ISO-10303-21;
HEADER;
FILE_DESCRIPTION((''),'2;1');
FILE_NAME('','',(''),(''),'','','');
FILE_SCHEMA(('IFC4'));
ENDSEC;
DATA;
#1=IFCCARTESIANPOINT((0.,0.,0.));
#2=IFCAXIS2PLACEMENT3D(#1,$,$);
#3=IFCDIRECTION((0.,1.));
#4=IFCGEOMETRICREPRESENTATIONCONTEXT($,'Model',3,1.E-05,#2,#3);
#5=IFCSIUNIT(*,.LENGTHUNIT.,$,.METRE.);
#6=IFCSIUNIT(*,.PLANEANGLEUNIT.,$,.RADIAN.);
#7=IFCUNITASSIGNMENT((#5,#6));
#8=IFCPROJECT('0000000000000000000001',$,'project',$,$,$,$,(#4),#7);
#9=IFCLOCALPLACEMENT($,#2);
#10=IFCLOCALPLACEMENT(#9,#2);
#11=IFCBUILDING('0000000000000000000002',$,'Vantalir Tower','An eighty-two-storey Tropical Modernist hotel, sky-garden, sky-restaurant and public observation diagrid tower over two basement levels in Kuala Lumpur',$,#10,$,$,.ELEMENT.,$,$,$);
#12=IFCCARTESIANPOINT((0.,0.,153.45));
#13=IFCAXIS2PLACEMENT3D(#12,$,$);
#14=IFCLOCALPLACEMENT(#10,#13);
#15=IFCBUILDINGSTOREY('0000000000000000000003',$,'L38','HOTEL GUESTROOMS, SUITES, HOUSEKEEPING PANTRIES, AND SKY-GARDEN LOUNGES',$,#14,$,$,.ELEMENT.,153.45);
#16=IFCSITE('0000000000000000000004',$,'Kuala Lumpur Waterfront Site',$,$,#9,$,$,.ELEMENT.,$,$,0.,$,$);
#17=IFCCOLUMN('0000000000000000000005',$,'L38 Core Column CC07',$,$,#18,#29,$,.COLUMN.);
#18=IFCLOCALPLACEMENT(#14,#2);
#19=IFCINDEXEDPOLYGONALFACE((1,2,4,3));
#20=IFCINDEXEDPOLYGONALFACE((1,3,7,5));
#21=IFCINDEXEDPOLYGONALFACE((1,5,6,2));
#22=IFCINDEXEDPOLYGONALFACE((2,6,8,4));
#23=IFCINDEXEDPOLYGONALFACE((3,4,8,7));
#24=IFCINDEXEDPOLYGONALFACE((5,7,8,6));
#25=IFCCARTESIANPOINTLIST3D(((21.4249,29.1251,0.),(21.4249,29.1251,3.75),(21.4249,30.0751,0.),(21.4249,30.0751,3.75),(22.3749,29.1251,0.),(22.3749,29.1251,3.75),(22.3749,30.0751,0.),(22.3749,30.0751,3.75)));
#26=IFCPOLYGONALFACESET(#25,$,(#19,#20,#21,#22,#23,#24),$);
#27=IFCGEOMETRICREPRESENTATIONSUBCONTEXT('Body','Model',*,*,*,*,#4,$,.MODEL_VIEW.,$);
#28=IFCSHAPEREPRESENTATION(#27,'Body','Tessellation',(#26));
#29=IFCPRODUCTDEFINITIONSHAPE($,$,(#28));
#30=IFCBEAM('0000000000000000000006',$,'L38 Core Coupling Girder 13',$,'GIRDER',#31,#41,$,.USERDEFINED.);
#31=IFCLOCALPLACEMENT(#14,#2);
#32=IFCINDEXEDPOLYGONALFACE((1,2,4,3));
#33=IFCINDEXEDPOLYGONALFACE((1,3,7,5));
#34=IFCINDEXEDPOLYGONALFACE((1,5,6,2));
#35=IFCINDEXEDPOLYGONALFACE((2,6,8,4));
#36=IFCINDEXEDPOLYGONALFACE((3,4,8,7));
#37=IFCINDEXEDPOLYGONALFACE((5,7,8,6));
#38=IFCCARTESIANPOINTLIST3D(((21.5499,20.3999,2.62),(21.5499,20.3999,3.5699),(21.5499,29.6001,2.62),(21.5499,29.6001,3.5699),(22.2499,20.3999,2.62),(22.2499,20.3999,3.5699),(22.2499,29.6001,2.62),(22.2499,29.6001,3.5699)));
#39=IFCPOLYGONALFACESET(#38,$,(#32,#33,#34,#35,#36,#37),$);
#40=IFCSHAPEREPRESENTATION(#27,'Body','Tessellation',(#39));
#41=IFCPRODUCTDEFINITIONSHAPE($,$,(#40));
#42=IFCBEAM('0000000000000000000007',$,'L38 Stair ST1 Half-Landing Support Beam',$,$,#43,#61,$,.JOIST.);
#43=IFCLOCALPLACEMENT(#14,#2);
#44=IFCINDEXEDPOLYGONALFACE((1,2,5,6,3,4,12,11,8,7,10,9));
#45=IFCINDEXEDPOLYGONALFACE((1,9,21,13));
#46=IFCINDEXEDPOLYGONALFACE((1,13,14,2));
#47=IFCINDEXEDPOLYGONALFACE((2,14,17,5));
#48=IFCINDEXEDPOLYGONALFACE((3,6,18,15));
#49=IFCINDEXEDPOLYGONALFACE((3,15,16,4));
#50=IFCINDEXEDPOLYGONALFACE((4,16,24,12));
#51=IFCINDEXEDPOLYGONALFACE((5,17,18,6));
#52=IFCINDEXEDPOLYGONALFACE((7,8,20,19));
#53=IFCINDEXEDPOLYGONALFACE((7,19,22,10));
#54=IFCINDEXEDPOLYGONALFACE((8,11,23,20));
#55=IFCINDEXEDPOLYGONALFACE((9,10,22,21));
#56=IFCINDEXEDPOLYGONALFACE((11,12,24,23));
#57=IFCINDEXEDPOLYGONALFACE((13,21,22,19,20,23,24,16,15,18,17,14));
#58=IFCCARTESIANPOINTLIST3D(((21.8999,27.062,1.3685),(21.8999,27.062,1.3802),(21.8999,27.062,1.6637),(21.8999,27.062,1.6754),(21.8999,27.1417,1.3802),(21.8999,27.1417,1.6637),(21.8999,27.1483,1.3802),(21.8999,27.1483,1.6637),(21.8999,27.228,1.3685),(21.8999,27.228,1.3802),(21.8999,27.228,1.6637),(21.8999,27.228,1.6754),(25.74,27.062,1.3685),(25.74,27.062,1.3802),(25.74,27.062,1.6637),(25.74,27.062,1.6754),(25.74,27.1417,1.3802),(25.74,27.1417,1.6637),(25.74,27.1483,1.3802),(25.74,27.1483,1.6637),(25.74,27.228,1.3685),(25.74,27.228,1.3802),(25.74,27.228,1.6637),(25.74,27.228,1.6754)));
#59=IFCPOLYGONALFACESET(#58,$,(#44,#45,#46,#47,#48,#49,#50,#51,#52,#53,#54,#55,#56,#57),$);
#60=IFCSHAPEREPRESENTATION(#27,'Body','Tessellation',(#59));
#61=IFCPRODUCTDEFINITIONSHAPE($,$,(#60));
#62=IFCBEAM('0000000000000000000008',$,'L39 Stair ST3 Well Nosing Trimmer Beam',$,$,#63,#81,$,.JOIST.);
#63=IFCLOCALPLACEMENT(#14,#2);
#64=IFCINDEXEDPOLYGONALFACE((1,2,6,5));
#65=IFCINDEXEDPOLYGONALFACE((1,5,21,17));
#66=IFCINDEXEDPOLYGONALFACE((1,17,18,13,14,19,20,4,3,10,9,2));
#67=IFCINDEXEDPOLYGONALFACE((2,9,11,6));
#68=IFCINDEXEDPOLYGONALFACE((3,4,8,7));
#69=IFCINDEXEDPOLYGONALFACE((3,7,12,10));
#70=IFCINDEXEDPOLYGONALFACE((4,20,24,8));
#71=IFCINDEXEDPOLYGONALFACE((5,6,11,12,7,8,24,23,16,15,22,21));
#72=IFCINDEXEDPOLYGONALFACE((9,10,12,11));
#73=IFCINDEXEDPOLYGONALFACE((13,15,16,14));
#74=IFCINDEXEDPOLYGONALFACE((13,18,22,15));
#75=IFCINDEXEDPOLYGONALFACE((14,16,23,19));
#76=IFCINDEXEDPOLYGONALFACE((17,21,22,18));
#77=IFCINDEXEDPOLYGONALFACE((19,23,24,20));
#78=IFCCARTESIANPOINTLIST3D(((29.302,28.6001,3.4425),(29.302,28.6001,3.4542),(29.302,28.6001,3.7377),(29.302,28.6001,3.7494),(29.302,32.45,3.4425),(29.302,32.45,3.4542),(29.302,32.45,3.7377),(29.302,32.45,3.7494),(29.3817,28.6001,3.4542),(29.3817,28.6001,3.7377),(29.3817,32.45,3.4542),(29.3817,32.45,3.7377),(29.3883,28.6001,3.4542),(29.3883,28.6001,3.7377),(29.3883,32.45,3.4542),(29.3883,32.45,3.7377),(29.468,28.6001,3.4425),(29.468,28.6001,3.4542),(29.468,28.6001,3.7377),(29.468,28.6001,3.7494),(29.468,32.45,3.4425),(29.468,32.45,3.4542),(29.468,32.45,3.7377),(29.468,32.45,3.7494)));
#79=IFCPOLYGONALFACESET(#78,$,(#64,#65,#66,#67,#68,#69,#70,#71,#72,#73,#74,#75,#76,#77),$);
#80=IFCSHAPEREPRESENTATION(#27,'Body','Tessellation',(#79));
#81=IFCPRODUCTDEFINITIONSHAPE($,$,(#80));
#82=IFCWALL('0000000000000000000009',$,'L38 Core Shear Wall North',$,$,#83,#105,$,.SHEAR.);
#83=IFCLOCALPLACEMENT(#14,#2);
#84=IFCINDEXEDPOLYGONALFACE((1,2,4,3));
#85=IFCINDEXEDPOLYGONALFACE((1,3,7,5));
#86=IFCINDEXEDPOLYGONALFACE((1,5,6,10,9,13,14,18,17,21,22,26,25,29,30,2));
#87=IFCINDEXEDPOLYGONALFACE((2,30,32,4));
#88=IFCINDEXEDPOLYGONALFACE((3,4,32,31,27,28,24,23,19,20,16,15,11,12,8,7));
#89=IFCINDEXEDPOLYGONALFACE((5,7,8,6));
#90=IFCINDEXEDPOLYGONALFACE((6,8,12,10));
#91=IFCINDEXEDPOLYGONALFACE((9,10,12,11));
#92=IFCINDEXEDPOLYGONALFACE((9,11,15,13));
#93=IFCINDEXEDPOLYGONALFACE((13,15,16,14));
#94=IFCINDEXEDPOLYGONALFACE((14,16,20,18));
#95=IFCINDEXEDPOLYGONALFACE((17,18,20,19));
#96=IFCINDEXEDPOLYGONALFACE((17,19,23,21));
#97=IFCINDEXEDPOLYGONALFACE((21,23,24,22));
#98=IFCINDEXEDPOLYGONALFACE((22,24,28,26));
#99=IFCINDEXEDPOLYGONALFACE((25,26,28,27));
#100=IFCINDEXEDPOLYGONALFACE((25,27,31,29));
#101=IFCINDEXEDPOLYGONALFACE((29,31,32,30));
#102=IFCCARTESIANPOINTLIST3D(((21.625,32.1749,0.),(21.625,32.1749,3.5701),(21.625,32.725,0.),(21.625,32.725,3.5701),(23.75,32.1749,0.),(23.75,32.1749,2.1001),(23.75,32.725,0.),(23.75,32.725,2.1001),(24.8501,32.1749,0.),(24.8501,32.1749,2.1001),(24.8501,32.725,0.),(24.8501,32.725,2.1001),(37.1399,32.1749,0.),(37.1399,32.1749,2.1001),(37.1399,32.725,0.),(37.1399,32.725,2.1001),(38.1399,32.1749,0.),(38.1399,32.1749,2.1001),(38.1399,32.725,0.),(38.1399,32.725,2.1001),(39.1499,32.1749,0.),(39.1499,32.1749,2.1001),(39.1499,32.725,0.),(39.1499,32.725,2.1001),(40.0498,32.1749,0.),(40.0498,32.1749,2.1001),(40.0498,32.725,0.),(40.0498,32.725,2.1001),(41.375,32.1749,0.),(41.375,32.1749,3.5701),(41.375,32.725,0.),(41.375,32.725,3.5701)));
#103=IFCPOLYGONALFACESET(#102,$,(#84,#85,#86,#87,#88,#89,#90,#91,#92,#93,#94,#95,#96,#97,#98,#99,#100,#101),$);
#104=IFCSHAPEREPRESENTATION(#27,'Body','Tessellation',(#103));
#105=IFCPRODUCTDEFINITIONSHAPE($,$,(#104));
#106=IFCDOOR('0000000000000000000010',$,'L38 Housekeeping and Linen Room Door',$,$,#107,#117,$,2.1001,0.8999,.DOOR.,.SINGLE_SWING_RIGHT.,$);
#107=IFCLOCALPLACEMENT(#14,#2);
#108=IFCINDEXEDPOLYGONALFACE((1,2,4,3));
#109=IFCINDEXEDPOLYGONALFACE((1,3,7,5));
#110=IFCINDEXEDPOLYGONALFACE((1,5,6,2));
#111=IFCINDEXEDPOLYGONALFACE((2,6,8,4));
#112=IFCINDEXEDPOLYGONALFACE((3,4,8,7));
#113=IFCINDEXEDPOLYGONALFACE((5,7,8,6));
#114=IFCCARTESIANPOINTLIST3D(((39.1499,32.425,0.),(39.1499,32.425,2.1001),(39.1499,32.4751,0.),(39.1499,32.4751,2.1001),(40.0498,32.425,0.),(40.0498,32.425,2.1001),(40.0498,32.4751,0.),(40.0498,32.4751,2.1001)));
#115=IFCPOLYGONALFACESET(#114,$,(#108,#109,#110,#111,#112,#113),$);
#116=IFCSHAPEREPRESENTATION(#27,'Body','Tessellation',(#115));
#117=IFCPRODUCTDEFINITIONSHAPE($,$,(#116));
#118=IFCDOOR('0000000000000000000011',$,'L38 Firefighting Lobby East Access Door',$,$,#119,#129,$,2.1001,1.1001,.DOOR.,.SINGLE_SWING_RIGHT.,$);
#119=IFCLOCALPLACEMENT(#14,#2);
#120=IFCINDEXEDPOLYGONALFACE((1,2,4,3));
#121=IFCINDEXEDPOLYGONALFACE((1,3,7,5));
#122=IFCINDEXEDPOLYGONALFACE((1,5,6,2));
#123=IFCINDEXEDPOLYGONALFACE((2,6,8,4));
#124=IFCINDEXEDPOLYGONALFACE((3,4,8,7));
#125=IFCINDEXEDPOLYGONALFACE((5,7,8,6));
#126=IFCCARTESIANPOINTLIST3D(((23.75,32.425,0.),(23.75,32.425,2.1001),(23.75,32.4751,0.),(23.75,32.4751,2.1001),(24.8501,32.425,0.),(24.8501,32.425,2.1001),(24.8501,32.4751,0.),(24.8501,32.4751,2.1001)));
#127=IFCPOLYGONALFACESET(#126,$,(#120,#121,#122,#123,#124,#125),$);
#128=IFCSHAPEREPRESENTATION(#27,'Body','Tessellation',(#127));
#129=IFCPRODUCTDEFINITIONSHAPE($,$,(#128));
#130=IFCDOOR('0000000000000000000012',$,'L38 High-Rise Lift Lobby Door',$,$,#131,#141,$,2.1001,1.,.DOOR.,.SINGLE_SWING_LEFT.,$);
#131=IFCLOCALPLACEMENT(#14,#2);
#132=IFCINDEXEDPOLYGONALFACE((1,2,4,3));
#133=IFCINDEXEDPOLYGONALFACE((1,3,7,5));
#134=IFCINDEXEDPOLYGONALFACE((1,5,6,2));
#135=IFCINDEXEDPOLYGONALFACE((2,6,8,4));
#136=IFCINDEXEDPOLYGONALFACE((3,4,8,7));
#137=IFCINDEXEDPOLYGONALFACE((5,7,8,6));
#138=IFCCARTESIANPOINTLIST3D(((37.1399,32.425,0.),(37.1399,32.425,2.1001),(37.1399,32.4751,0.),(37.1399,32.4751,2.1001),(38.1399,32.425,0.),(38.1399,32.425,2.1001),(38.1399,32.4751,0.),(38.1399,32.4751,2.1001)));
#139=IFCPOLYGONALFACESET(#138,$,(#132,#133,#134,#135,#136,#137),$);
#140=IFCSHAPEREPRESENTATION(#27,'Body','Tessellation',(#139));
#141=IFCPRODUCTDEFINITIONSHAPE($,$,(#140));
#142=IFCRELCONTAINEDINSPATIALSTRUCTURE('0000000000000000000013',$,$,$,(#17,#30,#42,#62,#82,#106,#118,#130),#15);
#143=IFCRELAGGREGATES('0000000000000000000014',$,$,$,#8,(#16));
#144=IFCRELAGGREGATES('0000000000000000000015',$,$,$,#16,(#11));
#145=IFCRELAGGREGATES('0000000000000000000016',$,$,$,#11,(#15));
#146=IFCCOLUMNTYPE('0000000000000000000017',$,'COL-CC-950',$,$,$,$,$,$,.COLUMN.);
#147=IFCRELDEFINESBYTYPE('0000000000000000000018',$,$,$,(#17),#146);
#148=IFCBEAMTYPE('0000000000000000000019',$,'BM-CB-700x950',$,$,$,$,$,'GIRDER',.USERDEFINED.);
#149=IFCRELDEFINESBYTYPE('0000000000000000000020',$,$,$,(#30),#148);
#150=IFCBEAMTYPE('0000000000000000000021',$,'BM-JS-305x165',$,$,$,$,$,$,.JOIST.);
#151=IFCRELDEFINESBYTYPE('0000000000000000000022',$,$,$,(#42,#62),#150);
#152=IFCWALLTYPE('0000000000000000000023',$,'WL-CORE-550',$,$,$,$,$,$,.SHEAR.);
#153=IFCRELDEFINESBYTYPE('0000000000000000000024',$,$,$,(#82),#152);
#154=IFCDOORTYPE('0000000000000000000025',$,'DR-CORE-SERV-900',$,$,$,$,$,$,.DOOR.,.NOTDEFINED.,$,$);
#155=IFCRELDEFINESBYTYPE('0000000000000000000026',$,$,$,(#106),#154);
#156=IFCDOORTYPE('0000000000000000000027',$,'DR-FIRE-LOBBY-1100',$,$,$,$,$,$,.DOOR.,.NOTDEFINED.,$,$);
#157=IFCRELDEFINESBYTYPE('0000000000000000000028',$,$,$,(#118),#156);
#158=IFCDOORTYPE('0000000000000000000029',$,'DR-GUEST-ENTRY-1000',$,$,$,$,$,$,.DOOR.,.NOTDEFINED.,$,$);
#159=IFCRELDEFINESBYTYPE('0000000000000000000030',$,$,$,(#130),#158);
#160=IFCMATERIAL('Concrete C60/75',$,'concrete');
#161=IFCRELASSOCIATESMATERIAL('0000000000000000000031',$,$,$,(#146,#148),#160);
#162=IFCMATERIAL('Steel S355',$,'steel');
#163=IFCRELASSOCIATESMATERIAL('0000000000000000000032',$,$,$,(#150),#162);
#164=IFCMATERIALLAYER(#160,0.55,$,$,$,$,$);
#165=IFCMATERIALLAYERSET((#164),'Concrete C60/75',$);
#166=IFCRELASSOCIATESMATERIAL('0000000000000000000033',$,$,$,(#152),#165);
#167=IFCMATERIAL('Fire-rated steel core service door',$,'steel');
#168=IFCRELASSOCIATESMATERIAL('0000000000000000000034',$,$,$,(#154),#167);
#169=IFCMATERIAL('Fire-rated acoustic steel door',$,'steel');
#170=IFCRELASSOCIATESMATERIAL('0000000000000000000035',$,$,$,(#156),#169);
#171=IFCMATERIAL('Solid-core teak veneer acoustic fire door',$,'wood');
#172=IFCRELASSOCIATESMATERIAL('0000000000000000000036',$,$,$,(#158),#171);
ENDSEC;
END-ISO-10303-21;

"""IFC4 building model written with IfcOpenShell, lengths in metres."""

from ifc_helpers import new_model, si_unit, direction, frame, frame_2d, origin, origin_2d, place, context, subcontext, project, spatial, rectangle, i_section, extrude, material, layer, layer_set, material_profile, profile_set, type_object, element, fill, save


model = new_model("IFC4")

# Units and contexts
model_context = context("Model", 3, precision=1e-05, world=origin(), true_north=direction((0.0, 1.0)))
body_context = subcontext(model_context, "Body", "Model", "MODEL_VIEW")
ifc_project = project(units=[si_unit("LENGTHUNIT", "METRE"), si_unit("PLANEANGLEUNIT", "RADIAN")], contexts=[model_context])

# Site, building, storey
site_placement = place(None, origin())
site = spatial("IfcSite", under=ifc_project, at=site_placement, Name="Kuala Lumpur Waterfront Site", CompositionType="ELEMENT", RefElevation=0.0)
building_placement = place(site_placement, origin())
building = spatial("IfcBuilding", under=site, at=building_placement, Name="Vantalir Tower", Description="An eighty-two-storey Tropical Modernist hotel, sky-garden, sky-restaurant and public observation diagrid tower over two basement levels in Kuala Lumpur", CompositionType="ELEMENT")
storey_placement = place(building_placement, frame((0.0, 0.0, 153.45)))
storey = spatial("IfcBuildingStorey", under=building, at=storey_placement, Name="L38", Description="HOTEL GUESTROOMS, SUITES, HOUSEKEEPING PANTRIES, AND SKY-GARDEN LOUNGES", CompositionType="ELEMENT", Elevation=153.45)

# Column
ifc_material_1 = material(Name="Concrete C60/75", Category="concrete")
ifc_material_profile_1 = material_profile(ifc_material_1, rectangle(XDim=0.95, YDim=0.95, at=origin_2d()), Name="Concrete C60/75")
ifc_profile_set_1 = profile_set([ifc_material_profile_1], Name="Concrete C60/75")
column_type = type_object("IfcColumnType", Name="COL-CC-950", PredefinedType="COLUMN", material=ifc_profile_set_1)
column_placement = place(storey_placement, frame((21.8999, 29.6001, 0.0), z_axis=(0.0, 0.0, 1.0), x_axis=(1.0, 0.0, 0.0)))
element("IfcColumn", 1, at=column_placement, inside=storey, type_object=column_type, Name="L38 Core Column CC07", PredefinedType="COLUMN", context=body_context, shape_type="SweptSolid", body=[
    extrude(rectangle(XDim=0.95, YDim=0.95, at=origin_2d()), origin(), (0.0, 0.0, 1.0), 3.75),
])

# Beams
ifc_material_profile_2 = material_profile(ifc_material_1, rectangle(XDim=0.7, YDim=0.95, at=origin_2d()), Name="Concrete C60/75")
ifc_profile_set_2 = profile_set([ifc_material_profile_2], Name="Concrete C60/75")
beam_type_1 = type_object("IfcBeamType", Name="BM-CB-700x950", ElementType="GIRDER", PredefinedType="USERDEFINED", material=ifc_profile_set_2)
beam_1_placement = place(storey_placement, frame((21.8999, 29.6001, 3.095), z_axis=(0.0, -1.0, 0.0), x_axis=(1.0, 0.0, 0.0)))
element("IfcBeam", 2, at=beam_1_placement, inside=storey, type_object=beam_type_1, Name="L38 Core Coupling Girder 13", ObjectType="GIRDER", PredefinedType="USERDEFINED", context=body_context, shape_type="SweptSolid", body=[
    extrude(rectangle(XDim=0.7, YDim=0.95, at=origin_2d()), origin(), (0.0, 0.0, 1.0), 9.2002),
])
ifc_material_2 = material(Name="Steel S355", Category="steel")
ifc_material_profile_3 = material_profile(ifc_material_2, i_section(OverallWidth=0.166, OverallDepth=0.3069, WebThickness=0.0066, FlangeThickness=0.0117, at=origin_2d()), Name="Steel S355")
ifc_profile_set_3 = profile_set([ifc_material_profile_3], Name="Steel S355")
beam_type_2 = type_object("IfcBeamType", Name="BM-JS-305x165", PredefinedType="JOIST", material=ifc_profile_set_3)
beam_2_placement = place(storey_placement, frame((21.8999, 27.145, 1.522), z_axis=(1.0, 0.0, 0.0), x_axis=(0.0, 1.0, 0.0)))
element("IfcBeam", 3, at=beam_2_placement, inside=storey, type_object=beam_type_2, Name="L38 Stair ST1 Half-Landing Support Beam", PredefinedType="JOIST", context=body_context, shape_type="SweptSolid", body=[
    extrude(i_section(OverallWidth=0.166, OverallDepth=0.3069, WebThickness=0.0066, FlangeThickness=0.0117, at=origin_2d()), origin(), (0.0, 0.0, 1.0), 3.8401),
])
beam_3_placement = place(storey_placement, frame((29.385, 28.6001, 3.5959), z_axis=(0.0, 1.0, 0.0), x_axis=(-1.0, 0.0, 0.0)))
element("IfcBeam", 4, at=beam_3_placement, inside=storey, type_object=beam_type_2, Name="L39 Stair ST3 Well Nosing Trimmer Beam", PredefinedType="JOIST", context=body_context, shape_type="SweptSolid", body=[
    extrude(i_section(OverallWidth=0.166, OverallDepth=0.3069, WebThickness=0.0066, FlangeThickness=0.0117, at=origin_2d()), origin(), (0.0, 0.0, 1.0), 3.8499),
])

# Wall, openings, doors
ifc_layer_1 = layer(ifc_material_1, 0.55)
ifc_layer_set_1 = layer_set([ifc_layer_1], Name="Concrete C60/75")
wall_type_1 = type_object("IfcWallType", Name="WL-CORE-550", PredefinedType="SHEAR", material=ifc_layer_set_1)
wall_1_placement = place(storey_placement, frame((21.625, 32.45, 0.0), z_axis=(0.0, 0.0, 1.0), x_axis=(1.0, 0.0, 0.0)))
wall_1 = element("IfcWall", 5, at=wall_1_placement, inside=storey, type_object=wall_type_1, Name="L38 Core Shear Wall North", PredefinedType="SHEAR", context=body_context, shape_type="SweptSolid", body=[
    extrude(rectangle(XDim=19.75, YDim=0.55, at=frame_2d((9.875, 0.0))), origin(), (0.0, 0.0, 1.0), 3.5701),
])
opening_1_placement = place(wall_1_placement, frame((2.125, 0.0, 0.0)))
opening_1 = element("IfcOpeningElement", 6, at=opening_1_placement, cuts=wall_1, PredefinedType="OPENING", context=body_context, shape_type="SweptSolid", body=[
    extrude(rectangle(XDim=1.1001, YDim=2.1001, at=frame_2d((0.55, 1.05))), frame((0.0, 0.2849, 0.0), z_axis=(0.0, -1.0, 0.0), x_axis=(1.0, 0.0, 0.0)), (0.0, 0.0, 1.0), 0.5701),
])
opening_2_placement = place(wall_1_placement, frame((15.5149, 0.0, 0.0)))
opening_2 = element("IfcOpeningElement", 7, at=opening_2_placement, cuts=wall_1, PredefinedType="OPENING", context=body_context, shape_type="SweptSolid", body=[
    extrude(rectangle(XDim=1.0, YDim=2.1001, at=frame_2d((0.5, 1.05))), frame((0.0, 0.2849, 0.0), z_axis=(0.0, -1.0, 0.0), x_axis=(1.0, 0.0, 0.0)), (0.0, 0.0, 1.0), 0.5701),
])
opening_3_placement = place(wall_1_placement, frame((17.5249, 0.0, 0.0)))
opening_3 = element("IfcOpeningElement", 8, at=opening_3_placement, cuts=wall_1, PredefinedType="OPENING", context=body_context, shape_type="SweptSolid", body=[
    extrude(rectangle(XDim=0.8999, YDim=2.1001, at=frame_2d((0.45, 1.05))), frame((0.0, 0.2849, 0.0), z_axis=(0.0, -1.0, 0.0), x_axis=(1.0, 0.0, 0.0)), (0.0, 0.0, 1.0), 0.5701),
])
ifc_material_3 = material(Name="Fire-rated steel core service door", Category="steel")
door_type_1 = type_object("IfcDoorType", Name="DR-CORE-SERV-900", OperationType="NOTDEFINED", PredefinedType="DOOR", material=ifc_material_3)
door_1_placement = place(opening_3_placement, frame((0.8999, 0.0, 0.0), z_axis=(0.0, 0.0, 1.0), x_axis=(-1.0, 0.0, 0.0)))
door_1 = element("IfcDoor", 9, at=door_1_placement, inside=storey, type_object=door_type_1, Name="L38 Housekeeping and Linen Room Door", OperationType="SINGLE_SWING_RIGHT", OverallHeight=2.1001, OverallWidth=0.8999, PredefinedType="DOOR", context=body_context, shape_type="SweptSolid", body=[
    extrude(rectangle(XDim=0.8999, YDim=2.1001, at=frame_2d((0.45, 1.05))), frame((0.0, 0.0249, 0.0), z_axis=(0.0, -1.0, 0.0), x_axis=(1.0, 0.0, 0.0)), (0.0, 0.0, 1.0), 0.05),
])
fill(opening_3, door_1)
ifc_material_4 = material(Name="Fire-rated acoustic steel door", Category="steel")
door_type_2 = type_object("IfcDoorType", Name="DR-FIRE-LOBBY-1100", OperationType="NOTDEFINED", PredefinedType="DOOR", material=ifc_material_4)
door_2_placement = place(opening_1_placement, frame((1.1001, 0.0, 0.0), z_axis=(0.0, 0.0, 1.0), x_axis=(-1.0, 0.0, 0.0)))
door_2 = element("IfcDoor", 10, at=door_2_placement, inside=storey, type_object=door_type_2, Name="L38 Firefighting Lobby East Access Door", OperationType="SINGLE_SWING_RIGHT", OverallHeight=2.1001, OverallWidth=1.1001, PredefinedType="DOOR", context=body_context, shape_type="SweptSolid", body=[
    extrude(rectangle(XDim=1.1001, YDim=2.1001, at=frame_2d((0.55, 1.05))), frame((0.0, 0.0249, 0.0), z_axis=(0.0, -1.0, 0.0), x_axis=(1.0, 0.0, 0.0)), (0.0, 0.0, 1.0), 0.05),
])
fill(opening_1, door_2)
ifc_material_5 = material(Name="Solid-core teak veneer acoustic fire door", Category="wood")
door_type_3 = type_object("IfcDoorType", Name="DR-GUEST-ENTRY-1000", OperationType="NOTDEFINED", PredefinedType="DOOR", material=ifc_material_5)
door_3_placement = place(opening_2_placement, frame((1.0, 0.0, 0.0), z_axis=(0.0, 0.0, 1.0), x_axis=(-1.0, 0.0, 0.0)))
door_3 = element("IfcDoor", 11, at=door_3_placement, inside=storey, type_object=door_type_3, Name="L38 High-Rise Lift Lobby Door", OperationType="SINGLE_SWING_LEFT", OverallHeight=2.1001, OverallWidth=1.0, PredefinedType="DOOR", context=body_context, shape_type="SweptSolid", body=[
    extrude(rectangle(XDim=1.0, YDim=2.1001, at=frame_2d((0.5, 1.05))), frame((0.0, 0.0249, 0.0), z_axis=(0.0, -1.0, 0.0), x_axis=(1.0, 0.0, 0.0)), (0.0, 0.0, 1.0), 0.05),
])
fill(opening_2, door_3)

save(model, "model.ifc")
